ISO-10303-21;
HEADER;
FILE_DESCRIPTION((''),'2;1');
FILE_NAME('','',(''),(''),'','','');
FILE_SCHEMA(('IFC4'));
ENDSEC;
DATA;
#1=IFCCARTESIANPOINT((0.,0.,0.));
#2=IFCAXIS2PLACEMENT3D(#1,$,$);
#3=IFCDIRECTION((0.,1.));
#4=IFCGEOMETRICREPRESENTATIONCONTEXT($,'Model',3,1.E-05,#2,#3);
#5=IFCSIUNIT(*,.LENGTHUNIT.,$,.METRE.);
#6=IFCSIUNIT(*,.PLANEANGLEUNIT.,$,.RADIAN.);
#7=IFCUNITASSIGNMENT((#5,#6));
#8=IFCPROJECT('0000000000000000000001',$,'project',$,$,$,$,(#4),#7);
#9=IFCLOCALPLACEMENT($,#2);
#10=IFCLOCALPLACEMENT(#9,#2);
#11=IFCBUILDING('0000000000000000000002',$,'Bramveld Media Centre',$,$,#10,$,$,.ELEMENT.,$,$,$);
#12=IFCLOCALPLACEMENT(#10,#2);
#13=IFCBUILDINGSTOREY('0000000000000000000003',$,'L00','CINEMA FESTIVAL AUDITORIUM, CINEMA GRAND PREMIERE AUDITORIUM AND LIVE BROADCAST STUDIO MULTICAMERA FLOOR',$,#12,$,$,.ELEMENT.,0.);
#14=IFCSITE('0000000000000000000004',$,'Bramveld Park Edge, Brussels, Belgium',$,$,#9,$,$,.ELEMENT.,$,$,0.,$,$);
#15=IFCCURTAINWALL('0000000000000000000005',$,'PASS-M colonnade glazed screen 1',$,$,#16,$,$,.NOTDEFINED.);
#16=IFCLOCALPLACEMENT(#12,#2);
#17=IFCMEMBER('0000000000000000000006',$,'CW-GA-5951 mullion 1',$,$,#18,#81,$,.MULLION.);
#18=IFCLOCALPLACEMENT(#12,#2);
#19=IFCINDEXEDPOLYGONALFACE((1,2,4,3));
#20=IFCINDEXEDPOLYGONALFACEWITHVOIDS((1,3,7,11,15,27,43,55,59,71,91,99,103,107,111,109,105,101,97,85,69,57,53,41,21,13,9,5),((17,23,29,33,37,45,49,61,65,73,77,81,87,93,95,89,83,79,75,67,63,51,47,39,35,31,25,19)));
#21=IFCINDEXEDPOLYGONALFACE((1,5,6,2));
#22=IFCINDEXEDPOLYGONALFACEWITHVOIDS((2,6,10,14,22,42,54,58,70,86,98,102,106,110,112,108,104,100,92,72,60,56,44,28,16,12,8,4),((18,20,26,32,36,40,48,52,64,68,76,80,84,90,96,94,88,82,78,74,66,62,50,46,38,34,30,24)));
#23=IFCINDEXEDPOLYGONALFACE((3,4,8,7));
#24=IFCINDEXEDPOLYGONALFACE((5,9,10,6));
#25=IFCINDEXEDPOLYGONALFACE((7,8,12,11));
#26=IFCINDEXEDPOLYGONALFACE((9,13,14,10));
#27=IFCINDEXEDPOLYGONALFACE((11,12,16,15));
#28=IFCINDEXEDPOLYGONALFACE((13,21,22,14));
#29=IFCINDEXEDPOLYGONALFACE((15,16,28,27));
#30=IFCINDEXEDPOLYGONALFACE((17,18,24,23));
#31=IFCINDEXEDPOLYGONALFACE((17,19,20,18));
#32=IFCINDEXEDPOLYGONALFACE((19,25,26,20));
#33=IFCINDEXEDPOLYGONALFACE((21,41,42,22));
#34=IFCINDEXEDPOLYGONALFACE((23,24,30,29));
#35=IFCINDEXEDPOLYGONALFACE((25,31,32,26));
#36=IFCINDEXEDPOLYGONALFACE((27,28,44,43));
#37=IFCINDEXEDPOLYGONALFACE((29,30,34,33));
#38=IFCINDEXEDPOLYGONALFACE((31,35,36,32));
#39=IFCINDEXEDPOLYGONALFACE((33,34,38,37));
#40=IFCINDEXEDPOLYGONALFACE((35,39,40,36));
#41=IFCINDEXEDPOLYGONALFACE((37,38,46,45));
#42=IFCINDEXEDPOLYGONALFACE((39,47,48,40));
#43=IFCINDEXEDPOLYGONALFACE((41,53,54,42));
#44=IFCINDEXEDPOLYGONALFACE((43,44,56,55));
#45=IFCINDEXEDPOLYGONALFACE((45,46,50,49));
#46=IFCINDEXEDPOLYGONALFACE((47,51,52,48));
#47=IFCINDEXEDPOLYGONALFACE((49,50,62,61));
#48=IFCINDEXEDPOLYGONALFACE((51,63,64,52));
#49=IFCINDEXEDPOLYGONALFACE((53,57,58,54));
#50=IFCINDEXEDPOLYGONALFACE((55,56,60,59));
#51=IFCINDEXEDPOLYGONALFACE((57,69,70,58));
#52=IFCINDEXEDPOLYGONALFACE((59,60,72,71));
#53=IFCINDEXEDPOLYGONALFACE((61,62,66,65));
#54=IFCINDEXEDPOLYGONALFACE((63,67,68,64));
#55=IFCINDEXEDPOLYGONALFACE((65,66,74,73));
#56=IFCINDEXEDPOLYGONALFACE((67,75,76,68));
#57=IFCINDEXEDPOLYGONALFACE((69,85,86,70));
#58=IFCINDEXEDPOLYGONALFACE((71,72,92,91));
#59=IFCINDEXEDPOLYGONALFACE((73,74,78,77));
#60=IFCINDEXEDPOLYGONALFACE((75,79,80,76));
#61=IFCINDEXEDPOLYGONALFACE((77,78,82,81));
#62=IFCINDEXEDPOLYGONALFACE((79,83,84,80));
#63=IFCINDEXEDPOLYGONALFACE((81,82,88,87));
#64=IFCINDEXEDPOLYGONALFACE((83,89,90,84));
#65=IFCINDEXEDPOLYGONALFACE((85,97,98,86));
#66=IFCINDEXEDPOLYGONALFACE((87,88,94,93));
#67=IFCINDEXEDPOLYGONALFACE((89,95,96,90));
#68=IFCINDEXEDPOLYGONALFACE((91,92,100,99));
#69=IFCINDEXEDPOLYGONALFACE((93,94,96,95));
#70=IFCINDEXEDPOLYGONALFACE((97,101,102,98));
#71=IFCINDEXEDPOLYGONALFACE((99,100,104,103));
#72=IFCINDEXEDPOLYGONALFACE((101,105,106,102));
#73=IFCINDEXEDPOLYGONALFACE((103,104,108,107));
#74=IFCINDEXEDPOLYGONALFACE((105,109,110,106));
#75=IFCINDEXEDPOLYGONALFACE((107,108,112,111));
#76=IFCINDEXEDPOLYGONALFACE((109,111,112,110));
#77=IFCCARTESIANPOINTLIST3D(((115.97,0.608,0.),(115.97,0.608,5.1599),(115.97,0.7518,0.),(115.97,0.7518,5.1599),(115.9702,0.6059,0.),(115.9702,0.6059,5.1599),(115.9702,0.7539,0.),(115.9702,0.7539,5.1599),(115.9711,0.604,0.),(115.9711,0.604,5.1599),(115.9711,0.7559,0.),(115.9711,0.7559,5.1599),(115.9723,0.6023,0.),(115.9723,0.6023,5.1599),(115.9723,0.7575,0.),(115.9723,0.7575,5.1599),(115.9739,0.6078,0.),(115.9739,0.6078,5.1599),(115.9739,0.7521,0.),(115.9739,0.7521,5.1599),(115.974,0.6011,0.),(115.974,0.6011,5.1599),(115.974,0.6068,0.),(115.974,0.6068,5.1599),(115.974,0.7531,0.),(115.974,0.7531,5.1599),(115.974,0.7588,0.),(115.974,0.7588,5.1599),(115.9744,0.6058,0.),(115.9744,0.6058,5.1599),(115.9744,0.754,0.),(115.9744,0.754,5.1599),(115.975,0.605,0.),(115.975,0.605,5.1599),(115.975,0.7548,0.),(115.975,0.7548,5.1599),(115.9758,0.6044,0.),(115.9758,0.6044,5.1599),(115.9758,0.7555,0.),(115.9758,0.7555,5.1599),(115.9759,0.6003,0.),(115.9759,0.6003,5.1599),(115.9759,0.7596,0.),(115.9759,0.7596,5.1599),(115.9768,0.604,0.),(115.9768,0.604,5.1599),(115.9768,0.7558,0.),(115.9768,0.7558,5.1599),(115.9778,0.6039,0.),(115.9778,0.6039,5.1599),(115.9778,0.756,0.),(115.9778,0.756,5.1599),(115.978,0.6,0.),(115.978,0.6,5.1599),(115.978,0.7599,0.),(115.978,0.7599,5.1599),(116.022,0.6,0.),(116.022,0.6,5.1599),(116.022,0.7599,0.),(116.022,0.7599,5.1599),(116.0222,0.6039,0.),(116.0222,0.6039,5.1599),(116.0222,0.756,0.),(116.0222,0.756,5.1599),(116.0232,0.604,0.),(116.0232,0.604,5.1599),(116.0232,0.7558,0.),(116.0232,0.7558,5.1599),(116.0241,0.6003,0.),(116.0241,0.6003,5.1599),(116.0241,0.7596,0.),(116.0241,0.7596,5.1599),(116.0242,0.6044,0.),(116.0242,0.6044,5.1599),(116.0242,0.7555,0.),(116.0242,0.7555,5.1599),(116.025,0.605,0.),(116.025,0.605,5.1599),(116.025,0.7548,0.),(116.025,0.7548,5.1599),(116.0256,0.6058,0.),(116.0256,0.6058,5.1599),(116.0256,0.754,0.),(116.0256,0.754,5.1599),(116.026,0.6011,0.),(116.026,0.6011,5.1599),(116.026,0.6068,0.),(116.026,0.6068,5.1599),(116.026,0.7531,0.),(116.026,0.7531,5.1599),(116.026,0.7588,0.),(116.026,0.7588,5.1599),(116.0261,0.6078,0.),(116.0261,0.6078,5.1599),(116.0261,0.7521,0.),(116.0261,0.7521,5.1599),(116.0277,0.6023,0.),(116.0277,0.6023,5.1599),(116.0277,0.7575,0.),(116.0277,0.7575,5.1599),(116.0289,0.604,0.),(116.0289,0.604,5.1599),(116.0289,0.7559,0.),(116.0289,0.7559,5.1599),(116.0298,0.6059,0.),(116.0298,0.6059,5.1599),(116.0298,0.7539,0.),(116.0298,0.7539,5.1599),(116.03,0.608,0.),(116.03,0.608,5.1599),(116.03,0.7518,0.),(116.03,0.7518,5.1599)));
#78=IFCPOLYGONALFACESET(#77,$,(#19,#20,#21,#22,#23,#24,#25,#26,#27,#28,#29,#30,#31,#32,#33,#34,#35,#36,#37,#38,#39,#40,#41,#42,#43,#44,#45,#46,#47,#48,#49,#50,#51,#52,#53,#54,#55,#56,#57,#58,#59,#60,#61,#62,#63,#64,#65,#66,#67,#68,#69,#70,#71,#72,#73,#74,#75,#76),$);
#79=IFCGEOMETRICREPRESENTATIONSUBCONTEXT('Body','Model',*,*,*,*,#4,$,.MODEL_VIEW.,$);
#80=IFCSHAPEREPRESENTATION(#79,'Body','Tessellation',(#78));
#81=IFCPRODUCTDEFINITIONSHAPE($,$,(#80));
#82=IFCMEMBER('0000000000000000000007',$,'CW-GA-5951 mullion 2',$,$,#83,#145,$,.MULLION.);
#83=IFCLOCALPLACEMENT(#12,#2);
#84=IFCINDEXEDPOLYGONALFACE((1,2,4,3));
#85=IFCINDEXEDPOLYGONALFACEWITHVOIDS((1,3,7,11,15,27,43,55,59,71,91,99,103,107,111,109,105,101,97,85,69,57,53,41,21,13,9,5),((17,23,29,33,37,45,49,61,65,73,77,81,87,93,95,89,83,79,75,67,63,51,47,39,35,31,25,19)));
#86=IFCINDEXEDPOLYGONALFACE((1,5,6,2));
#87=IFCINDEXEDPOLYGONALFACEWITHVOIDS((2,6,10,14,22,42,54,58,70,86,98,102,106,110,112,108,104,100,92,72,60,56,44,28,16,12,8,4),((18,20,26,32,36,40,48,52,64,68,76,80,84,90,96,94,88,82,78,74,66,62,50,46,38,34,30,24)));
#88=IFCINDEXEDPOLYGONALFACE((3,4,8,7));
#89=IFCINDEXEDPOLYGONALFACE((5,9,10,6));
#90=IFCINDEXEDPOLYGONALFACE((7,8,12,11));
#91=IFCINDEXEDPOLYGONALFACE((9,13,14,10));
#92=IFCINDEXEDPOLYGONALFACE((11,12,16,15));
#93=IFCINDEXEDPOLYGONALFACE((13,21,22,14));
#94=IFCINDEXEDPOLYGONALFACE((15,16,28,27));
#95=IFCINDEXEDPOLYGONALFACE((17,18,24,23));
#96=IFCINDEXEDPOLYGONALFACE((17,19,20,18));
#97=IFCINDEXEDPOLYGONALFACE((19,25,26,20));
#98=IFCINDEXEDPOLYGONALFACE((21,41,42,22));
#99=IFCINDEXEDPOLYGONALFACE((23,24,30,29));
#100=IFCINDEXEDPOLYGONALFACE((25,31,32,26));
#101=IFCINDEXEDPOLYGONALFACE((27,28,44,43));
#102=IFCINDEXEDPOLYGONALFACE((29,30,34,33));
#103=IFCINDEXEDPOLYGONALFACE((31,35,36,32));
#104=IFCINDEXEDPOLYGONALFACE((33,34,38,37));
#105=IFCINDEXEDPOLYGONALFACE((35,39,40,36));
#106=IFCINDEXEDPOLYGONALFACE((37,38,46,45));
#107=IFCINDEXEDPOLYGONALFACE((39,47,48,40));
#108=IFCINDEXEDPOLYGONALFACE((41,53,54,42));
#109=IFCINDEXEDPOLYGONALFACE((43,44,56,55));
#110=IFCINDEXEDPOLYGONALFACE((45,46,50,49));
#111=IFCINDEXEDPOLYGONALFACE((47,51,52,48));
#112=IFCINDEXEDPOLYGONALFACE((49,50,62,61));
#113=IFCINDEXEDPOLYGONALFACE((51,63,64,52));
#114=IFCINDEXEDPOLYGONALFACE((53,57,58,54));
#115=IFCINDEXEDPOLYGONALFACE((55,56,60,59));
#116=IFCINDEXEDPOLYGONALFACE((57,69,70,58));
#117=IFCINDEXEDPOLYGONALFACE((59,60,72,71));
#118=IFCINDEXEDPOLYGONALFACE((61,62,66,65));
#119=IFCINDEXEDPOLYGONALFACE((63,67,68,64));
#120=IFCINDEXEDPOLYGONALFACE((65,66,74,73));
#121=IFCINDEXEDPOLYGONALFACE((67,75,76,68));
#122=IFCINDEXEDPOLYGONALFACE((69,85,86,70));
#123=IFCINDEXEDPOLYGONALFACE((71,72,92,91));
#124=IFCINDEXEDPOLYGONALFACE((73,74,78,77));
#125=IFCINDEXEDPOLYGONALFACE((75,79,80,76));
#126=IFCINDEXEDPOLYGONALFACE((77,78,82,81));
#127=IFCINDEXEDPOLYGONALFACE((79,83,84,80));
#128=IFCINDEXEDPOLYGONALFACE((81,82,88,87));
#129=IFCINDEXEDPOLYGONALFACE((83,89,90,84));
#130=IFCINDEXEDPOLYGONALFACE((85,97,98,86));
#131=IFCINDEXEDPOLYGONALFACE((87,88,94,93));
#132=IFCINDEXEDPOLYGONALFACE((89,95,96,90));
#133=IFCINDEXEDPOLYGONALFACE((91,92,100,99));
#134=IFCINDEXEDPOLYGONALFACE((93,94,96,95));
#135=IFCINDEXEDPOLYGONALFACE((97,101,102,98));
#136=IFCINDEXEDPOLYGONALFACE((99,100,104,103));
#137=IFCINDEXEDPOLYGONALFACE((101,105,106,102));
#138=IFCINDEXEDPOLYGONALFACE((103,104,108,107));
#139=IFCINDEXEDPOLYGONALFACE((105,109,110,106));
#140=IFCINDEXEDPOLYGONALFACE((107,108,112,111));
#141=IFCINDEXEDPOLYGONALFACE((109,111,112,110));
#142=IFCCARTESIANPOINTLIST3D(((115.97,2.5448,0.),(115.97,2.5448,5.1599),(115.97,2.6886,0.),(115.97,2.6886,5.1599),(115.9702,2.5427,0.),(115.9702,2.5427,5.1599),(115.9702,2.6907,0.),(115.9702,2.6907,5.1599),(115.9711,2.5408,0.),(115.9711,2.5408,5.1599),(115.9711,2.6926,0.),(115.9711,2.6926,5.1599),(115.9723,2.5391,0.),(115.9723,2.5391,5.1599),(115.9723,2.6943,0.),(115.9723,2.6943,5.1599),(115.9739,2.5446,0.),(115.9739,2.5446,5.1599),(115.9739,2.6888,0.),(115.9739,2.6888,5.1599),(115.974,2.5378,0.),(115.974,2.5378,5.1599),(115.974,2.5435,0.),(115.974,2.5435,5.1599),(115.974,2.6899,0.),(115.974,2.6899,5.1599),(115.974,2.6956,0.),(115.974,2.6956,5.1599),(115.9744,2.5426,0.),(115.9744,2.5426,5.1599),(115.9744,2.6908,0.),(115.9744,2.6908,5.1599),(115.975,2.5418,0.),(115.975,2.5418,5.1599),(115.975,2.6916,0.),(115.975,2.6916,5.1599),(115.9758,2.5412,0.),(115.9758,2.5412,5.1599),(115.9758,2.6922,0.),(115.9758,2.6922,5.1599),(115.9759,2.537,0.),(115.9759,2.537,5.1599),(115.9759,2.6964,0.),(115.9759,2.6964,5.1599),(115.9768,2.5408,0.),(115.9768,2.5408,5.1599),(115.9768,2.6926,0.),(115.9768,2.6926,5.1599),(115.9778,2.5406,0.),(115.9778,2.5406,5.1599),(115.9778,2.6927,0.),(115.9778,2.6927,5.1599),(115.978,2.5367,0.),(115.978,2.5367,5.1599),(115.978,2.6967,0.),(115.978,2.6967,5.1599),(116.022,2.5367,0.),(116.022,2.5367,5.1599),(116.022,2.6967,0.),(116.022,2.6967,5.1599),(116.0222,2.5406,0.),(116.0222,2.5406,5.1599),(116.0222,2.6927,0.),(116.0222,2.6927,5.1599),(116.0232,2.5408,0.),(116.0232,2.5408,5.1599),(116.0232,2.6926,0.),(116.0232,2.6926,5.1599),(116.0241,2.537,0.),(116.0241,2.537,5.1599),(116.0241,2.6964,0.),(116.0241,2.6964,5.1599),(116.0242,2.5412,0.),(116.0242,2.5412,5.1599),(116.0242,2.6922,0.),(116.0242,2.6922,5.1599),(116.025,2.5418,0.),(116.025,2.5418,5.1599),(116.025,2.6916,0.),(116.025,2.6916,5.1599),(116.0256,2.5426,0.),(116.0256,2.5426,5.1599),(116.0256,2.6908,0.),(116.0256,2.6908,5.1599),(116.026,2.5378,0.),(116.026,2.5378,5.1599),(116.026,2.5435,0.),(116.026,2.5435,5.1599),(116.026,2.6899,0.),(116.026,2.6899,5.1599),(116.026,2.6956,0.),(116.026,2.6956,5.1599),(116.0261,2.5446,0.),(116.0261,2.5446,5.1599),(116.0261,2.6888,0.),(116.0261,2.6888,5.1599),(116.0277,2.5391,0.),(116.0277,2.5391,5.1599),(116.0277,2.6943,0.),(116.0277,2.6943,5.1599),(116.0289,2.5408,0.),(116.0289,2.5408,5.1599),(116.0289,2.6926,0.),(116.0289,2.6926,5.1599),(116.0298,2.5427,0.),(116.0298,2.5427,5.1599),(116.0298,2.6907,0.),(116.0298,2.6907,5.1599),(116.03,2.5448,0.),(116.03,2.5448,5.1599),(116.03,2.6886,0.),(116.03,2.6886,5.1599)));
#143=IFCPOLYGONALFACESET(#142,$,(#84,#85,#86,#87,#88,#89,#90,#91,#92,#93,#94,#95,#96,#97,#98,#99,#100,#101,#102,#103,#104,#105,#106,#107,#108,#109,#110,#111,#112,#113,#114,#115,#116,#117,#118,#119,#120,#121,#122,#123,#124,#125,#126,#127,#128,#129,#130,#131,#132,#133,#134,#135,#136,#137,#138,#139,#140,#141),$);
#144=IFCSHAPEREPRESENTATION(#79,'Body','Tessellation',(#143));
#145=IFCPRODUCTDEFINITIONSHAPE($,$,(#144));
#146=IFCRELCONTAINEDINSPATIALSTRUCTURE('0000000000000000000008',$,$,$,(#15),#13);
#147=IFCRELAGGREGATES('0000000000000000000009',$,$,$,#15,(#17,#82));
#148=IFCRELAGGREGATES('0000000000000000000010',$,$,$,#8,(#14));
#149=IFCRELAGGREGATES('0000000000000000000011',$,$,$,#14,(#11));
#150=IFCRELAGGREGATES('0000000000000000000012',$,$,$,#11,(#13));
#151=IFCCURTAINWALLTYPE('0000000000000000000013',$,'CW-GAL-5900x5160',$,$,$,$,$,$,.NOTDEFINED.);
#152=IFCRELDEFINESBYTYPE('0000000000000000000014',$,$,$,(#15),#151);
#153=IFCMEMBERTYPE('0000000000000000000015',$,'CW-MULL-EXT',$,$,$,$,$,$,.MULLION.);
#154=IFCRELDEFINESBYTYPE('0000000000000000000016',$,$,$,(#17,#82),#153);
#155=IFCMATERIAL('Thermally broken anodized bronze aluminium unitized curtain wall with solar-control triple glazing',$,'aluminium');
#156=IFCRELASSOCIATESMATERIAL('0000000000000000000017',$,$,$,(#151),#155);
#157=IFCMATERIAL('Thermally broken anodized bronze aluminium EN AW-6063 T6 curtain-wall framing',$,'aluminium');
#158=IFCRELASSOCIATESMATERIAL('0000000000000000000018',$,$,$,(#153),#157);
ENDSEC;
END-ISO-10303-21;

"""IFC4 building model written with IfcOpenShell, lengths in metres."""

from ifc_helpers import new_model, si_unit, direction, frame, origin, origin_2d, place, context, subcontext, project, spatial, hollow_rectangle, extrude, material, material_profile, profile_set, type_object, element, aggregate, save


model = new_model("IFC4")

# Units and contexts
model_context = context("Model", 3, precision=1e-05, world=origin(), true_north=direction((0.0, 1.0)))
body_context = subcontext(model_context, "Body", "Model", "MODEL_VIEW")
ifc_project = project(units=[si_unit("LENGTHUNIT", "METRE"), si_unit("PLANEANGLEUNIT", "RADIAN")], contexts=[model_context])

# Site, building, storey
site_placement = place(None, origin())
site = spatial("IfcSite", under=ifc_project, at=site_placement, Name="Bramveld Park Edge, Brussels, Belgium", CompositionType="ELEMENT", RefElevation=0.0)
building_placement = place(site_placement, origin())
building = spatial("IfcBuilding", under=site, at=building_placement, Name="Bramveld Media Centre", CompositionType="ELEMENT")
storey_placement = place(building_placement, origin())
storey = spatial("IfcBuildingStorey", under=building, at=storey_placement, Name="L00", Description="CINEMA FESTIVAL AUDITORIUM, CINEMA GRAND PREMIERE AUDITORIUM AND LIVE BROADCAST STUDIO MULTICAMERA FLOOR", CompositionType="ELEMENT", Elevation=0.0)

# Curtain wall, members
ifc_material_1 = material(Name="Thermally broken anodized bronze aluminium unitized curtain wall with solar-control triple glazing", Category="aluminium")
curtain_wall_type = type_object("IfcCurtainWallType", Name="CW-GAL-5900x5160", PredefinedType="NOTDEFINED", material=ifc_material_1)
curtain_wall_placement = place(storey_placement, origin())
curtain_wall = element("IfcCurtainWall", 1, at=curtain_wall_placement, inside=storey, type_object=curtain_wall_type, Name="PASS-M colonnade glazed screen 1", PredefinedType="NOTDEFINED")
ifc_material_2 = material(Name="Thermally broken anodized bronze aluminium EN AW-6063 T6 curtain-wall framing", Category="aluminium")
ifc_material_profile_1 = material_profile(ifc_material_2, hollow_rectangle(XDim=0.0601, YDim=0.1599, WallThickness=0.0039, InnerFilletRadius=0.0039, OuterFilletRadius=0.0081, at=origin_2d()), Name="AL-MULL 60x160")
ifc_profile_set_1 = profile_set([ifc_material_profile_1], Name="Thermally broken anodized bronze aluminium EN AW-6063 T6 curtain-wall framing")
member_type_1 = type_object("IfcMemberType", Name="CW-MULL-EXT", PredefinedType="MULLION", material=ifc_profile_set_1)
member_1_placement = place(storey_placement, frame((116.0, 0.6799, 0.0), z_axis=(0.0, 0.0, 1.0), x_axis=(-1.0, 0.0, 0.0)))
member_1 = element("IfcMember", 2, at=member_1_placement, type_object=member_type_1, Name="CW-GA-5951 mullion 1", PredefinedType="MULLION", context=body_context, shape_type="SweptSolid", body=[
    extrude(hollow_rectangle(XDim=0.0601, YDim=0.1599, WallThickness=0.0039, InnerFilletRadius=0.0039, OuterFilletRadius=0.0081, at=origin_2d()), origin(), (0.0, 0.0, 1.0), 5.1599),
])
member_2_placement = place(storey_placement, frame((116.0, 2.6167, 0.0), z_axis=(0.0, 0.0, 1.0), x_axis=(-1.0, 0.0, 0.0)))
member_2 = element("IfcMember", 3, at=member_2_placement, type_object=member_type_1, Name="CW-GA-5951 mullion 2", PredefinedType="MULLION", context=body_context, shape_type="SweptSolid", body=[
    extrude(hollow_rectangle(XDim=0.0601, YDim=0.1599, WallThickness=0.0039, InnerFilletRadius=0.0039, OuterFilletRadius=0.0081, at=origin_2d()), origin(), (0.0, 0.0, 1.0), 5.1599),
])

aggregate(curtain_wall, [member_1, member_2])

save(model, "model.ifc")
